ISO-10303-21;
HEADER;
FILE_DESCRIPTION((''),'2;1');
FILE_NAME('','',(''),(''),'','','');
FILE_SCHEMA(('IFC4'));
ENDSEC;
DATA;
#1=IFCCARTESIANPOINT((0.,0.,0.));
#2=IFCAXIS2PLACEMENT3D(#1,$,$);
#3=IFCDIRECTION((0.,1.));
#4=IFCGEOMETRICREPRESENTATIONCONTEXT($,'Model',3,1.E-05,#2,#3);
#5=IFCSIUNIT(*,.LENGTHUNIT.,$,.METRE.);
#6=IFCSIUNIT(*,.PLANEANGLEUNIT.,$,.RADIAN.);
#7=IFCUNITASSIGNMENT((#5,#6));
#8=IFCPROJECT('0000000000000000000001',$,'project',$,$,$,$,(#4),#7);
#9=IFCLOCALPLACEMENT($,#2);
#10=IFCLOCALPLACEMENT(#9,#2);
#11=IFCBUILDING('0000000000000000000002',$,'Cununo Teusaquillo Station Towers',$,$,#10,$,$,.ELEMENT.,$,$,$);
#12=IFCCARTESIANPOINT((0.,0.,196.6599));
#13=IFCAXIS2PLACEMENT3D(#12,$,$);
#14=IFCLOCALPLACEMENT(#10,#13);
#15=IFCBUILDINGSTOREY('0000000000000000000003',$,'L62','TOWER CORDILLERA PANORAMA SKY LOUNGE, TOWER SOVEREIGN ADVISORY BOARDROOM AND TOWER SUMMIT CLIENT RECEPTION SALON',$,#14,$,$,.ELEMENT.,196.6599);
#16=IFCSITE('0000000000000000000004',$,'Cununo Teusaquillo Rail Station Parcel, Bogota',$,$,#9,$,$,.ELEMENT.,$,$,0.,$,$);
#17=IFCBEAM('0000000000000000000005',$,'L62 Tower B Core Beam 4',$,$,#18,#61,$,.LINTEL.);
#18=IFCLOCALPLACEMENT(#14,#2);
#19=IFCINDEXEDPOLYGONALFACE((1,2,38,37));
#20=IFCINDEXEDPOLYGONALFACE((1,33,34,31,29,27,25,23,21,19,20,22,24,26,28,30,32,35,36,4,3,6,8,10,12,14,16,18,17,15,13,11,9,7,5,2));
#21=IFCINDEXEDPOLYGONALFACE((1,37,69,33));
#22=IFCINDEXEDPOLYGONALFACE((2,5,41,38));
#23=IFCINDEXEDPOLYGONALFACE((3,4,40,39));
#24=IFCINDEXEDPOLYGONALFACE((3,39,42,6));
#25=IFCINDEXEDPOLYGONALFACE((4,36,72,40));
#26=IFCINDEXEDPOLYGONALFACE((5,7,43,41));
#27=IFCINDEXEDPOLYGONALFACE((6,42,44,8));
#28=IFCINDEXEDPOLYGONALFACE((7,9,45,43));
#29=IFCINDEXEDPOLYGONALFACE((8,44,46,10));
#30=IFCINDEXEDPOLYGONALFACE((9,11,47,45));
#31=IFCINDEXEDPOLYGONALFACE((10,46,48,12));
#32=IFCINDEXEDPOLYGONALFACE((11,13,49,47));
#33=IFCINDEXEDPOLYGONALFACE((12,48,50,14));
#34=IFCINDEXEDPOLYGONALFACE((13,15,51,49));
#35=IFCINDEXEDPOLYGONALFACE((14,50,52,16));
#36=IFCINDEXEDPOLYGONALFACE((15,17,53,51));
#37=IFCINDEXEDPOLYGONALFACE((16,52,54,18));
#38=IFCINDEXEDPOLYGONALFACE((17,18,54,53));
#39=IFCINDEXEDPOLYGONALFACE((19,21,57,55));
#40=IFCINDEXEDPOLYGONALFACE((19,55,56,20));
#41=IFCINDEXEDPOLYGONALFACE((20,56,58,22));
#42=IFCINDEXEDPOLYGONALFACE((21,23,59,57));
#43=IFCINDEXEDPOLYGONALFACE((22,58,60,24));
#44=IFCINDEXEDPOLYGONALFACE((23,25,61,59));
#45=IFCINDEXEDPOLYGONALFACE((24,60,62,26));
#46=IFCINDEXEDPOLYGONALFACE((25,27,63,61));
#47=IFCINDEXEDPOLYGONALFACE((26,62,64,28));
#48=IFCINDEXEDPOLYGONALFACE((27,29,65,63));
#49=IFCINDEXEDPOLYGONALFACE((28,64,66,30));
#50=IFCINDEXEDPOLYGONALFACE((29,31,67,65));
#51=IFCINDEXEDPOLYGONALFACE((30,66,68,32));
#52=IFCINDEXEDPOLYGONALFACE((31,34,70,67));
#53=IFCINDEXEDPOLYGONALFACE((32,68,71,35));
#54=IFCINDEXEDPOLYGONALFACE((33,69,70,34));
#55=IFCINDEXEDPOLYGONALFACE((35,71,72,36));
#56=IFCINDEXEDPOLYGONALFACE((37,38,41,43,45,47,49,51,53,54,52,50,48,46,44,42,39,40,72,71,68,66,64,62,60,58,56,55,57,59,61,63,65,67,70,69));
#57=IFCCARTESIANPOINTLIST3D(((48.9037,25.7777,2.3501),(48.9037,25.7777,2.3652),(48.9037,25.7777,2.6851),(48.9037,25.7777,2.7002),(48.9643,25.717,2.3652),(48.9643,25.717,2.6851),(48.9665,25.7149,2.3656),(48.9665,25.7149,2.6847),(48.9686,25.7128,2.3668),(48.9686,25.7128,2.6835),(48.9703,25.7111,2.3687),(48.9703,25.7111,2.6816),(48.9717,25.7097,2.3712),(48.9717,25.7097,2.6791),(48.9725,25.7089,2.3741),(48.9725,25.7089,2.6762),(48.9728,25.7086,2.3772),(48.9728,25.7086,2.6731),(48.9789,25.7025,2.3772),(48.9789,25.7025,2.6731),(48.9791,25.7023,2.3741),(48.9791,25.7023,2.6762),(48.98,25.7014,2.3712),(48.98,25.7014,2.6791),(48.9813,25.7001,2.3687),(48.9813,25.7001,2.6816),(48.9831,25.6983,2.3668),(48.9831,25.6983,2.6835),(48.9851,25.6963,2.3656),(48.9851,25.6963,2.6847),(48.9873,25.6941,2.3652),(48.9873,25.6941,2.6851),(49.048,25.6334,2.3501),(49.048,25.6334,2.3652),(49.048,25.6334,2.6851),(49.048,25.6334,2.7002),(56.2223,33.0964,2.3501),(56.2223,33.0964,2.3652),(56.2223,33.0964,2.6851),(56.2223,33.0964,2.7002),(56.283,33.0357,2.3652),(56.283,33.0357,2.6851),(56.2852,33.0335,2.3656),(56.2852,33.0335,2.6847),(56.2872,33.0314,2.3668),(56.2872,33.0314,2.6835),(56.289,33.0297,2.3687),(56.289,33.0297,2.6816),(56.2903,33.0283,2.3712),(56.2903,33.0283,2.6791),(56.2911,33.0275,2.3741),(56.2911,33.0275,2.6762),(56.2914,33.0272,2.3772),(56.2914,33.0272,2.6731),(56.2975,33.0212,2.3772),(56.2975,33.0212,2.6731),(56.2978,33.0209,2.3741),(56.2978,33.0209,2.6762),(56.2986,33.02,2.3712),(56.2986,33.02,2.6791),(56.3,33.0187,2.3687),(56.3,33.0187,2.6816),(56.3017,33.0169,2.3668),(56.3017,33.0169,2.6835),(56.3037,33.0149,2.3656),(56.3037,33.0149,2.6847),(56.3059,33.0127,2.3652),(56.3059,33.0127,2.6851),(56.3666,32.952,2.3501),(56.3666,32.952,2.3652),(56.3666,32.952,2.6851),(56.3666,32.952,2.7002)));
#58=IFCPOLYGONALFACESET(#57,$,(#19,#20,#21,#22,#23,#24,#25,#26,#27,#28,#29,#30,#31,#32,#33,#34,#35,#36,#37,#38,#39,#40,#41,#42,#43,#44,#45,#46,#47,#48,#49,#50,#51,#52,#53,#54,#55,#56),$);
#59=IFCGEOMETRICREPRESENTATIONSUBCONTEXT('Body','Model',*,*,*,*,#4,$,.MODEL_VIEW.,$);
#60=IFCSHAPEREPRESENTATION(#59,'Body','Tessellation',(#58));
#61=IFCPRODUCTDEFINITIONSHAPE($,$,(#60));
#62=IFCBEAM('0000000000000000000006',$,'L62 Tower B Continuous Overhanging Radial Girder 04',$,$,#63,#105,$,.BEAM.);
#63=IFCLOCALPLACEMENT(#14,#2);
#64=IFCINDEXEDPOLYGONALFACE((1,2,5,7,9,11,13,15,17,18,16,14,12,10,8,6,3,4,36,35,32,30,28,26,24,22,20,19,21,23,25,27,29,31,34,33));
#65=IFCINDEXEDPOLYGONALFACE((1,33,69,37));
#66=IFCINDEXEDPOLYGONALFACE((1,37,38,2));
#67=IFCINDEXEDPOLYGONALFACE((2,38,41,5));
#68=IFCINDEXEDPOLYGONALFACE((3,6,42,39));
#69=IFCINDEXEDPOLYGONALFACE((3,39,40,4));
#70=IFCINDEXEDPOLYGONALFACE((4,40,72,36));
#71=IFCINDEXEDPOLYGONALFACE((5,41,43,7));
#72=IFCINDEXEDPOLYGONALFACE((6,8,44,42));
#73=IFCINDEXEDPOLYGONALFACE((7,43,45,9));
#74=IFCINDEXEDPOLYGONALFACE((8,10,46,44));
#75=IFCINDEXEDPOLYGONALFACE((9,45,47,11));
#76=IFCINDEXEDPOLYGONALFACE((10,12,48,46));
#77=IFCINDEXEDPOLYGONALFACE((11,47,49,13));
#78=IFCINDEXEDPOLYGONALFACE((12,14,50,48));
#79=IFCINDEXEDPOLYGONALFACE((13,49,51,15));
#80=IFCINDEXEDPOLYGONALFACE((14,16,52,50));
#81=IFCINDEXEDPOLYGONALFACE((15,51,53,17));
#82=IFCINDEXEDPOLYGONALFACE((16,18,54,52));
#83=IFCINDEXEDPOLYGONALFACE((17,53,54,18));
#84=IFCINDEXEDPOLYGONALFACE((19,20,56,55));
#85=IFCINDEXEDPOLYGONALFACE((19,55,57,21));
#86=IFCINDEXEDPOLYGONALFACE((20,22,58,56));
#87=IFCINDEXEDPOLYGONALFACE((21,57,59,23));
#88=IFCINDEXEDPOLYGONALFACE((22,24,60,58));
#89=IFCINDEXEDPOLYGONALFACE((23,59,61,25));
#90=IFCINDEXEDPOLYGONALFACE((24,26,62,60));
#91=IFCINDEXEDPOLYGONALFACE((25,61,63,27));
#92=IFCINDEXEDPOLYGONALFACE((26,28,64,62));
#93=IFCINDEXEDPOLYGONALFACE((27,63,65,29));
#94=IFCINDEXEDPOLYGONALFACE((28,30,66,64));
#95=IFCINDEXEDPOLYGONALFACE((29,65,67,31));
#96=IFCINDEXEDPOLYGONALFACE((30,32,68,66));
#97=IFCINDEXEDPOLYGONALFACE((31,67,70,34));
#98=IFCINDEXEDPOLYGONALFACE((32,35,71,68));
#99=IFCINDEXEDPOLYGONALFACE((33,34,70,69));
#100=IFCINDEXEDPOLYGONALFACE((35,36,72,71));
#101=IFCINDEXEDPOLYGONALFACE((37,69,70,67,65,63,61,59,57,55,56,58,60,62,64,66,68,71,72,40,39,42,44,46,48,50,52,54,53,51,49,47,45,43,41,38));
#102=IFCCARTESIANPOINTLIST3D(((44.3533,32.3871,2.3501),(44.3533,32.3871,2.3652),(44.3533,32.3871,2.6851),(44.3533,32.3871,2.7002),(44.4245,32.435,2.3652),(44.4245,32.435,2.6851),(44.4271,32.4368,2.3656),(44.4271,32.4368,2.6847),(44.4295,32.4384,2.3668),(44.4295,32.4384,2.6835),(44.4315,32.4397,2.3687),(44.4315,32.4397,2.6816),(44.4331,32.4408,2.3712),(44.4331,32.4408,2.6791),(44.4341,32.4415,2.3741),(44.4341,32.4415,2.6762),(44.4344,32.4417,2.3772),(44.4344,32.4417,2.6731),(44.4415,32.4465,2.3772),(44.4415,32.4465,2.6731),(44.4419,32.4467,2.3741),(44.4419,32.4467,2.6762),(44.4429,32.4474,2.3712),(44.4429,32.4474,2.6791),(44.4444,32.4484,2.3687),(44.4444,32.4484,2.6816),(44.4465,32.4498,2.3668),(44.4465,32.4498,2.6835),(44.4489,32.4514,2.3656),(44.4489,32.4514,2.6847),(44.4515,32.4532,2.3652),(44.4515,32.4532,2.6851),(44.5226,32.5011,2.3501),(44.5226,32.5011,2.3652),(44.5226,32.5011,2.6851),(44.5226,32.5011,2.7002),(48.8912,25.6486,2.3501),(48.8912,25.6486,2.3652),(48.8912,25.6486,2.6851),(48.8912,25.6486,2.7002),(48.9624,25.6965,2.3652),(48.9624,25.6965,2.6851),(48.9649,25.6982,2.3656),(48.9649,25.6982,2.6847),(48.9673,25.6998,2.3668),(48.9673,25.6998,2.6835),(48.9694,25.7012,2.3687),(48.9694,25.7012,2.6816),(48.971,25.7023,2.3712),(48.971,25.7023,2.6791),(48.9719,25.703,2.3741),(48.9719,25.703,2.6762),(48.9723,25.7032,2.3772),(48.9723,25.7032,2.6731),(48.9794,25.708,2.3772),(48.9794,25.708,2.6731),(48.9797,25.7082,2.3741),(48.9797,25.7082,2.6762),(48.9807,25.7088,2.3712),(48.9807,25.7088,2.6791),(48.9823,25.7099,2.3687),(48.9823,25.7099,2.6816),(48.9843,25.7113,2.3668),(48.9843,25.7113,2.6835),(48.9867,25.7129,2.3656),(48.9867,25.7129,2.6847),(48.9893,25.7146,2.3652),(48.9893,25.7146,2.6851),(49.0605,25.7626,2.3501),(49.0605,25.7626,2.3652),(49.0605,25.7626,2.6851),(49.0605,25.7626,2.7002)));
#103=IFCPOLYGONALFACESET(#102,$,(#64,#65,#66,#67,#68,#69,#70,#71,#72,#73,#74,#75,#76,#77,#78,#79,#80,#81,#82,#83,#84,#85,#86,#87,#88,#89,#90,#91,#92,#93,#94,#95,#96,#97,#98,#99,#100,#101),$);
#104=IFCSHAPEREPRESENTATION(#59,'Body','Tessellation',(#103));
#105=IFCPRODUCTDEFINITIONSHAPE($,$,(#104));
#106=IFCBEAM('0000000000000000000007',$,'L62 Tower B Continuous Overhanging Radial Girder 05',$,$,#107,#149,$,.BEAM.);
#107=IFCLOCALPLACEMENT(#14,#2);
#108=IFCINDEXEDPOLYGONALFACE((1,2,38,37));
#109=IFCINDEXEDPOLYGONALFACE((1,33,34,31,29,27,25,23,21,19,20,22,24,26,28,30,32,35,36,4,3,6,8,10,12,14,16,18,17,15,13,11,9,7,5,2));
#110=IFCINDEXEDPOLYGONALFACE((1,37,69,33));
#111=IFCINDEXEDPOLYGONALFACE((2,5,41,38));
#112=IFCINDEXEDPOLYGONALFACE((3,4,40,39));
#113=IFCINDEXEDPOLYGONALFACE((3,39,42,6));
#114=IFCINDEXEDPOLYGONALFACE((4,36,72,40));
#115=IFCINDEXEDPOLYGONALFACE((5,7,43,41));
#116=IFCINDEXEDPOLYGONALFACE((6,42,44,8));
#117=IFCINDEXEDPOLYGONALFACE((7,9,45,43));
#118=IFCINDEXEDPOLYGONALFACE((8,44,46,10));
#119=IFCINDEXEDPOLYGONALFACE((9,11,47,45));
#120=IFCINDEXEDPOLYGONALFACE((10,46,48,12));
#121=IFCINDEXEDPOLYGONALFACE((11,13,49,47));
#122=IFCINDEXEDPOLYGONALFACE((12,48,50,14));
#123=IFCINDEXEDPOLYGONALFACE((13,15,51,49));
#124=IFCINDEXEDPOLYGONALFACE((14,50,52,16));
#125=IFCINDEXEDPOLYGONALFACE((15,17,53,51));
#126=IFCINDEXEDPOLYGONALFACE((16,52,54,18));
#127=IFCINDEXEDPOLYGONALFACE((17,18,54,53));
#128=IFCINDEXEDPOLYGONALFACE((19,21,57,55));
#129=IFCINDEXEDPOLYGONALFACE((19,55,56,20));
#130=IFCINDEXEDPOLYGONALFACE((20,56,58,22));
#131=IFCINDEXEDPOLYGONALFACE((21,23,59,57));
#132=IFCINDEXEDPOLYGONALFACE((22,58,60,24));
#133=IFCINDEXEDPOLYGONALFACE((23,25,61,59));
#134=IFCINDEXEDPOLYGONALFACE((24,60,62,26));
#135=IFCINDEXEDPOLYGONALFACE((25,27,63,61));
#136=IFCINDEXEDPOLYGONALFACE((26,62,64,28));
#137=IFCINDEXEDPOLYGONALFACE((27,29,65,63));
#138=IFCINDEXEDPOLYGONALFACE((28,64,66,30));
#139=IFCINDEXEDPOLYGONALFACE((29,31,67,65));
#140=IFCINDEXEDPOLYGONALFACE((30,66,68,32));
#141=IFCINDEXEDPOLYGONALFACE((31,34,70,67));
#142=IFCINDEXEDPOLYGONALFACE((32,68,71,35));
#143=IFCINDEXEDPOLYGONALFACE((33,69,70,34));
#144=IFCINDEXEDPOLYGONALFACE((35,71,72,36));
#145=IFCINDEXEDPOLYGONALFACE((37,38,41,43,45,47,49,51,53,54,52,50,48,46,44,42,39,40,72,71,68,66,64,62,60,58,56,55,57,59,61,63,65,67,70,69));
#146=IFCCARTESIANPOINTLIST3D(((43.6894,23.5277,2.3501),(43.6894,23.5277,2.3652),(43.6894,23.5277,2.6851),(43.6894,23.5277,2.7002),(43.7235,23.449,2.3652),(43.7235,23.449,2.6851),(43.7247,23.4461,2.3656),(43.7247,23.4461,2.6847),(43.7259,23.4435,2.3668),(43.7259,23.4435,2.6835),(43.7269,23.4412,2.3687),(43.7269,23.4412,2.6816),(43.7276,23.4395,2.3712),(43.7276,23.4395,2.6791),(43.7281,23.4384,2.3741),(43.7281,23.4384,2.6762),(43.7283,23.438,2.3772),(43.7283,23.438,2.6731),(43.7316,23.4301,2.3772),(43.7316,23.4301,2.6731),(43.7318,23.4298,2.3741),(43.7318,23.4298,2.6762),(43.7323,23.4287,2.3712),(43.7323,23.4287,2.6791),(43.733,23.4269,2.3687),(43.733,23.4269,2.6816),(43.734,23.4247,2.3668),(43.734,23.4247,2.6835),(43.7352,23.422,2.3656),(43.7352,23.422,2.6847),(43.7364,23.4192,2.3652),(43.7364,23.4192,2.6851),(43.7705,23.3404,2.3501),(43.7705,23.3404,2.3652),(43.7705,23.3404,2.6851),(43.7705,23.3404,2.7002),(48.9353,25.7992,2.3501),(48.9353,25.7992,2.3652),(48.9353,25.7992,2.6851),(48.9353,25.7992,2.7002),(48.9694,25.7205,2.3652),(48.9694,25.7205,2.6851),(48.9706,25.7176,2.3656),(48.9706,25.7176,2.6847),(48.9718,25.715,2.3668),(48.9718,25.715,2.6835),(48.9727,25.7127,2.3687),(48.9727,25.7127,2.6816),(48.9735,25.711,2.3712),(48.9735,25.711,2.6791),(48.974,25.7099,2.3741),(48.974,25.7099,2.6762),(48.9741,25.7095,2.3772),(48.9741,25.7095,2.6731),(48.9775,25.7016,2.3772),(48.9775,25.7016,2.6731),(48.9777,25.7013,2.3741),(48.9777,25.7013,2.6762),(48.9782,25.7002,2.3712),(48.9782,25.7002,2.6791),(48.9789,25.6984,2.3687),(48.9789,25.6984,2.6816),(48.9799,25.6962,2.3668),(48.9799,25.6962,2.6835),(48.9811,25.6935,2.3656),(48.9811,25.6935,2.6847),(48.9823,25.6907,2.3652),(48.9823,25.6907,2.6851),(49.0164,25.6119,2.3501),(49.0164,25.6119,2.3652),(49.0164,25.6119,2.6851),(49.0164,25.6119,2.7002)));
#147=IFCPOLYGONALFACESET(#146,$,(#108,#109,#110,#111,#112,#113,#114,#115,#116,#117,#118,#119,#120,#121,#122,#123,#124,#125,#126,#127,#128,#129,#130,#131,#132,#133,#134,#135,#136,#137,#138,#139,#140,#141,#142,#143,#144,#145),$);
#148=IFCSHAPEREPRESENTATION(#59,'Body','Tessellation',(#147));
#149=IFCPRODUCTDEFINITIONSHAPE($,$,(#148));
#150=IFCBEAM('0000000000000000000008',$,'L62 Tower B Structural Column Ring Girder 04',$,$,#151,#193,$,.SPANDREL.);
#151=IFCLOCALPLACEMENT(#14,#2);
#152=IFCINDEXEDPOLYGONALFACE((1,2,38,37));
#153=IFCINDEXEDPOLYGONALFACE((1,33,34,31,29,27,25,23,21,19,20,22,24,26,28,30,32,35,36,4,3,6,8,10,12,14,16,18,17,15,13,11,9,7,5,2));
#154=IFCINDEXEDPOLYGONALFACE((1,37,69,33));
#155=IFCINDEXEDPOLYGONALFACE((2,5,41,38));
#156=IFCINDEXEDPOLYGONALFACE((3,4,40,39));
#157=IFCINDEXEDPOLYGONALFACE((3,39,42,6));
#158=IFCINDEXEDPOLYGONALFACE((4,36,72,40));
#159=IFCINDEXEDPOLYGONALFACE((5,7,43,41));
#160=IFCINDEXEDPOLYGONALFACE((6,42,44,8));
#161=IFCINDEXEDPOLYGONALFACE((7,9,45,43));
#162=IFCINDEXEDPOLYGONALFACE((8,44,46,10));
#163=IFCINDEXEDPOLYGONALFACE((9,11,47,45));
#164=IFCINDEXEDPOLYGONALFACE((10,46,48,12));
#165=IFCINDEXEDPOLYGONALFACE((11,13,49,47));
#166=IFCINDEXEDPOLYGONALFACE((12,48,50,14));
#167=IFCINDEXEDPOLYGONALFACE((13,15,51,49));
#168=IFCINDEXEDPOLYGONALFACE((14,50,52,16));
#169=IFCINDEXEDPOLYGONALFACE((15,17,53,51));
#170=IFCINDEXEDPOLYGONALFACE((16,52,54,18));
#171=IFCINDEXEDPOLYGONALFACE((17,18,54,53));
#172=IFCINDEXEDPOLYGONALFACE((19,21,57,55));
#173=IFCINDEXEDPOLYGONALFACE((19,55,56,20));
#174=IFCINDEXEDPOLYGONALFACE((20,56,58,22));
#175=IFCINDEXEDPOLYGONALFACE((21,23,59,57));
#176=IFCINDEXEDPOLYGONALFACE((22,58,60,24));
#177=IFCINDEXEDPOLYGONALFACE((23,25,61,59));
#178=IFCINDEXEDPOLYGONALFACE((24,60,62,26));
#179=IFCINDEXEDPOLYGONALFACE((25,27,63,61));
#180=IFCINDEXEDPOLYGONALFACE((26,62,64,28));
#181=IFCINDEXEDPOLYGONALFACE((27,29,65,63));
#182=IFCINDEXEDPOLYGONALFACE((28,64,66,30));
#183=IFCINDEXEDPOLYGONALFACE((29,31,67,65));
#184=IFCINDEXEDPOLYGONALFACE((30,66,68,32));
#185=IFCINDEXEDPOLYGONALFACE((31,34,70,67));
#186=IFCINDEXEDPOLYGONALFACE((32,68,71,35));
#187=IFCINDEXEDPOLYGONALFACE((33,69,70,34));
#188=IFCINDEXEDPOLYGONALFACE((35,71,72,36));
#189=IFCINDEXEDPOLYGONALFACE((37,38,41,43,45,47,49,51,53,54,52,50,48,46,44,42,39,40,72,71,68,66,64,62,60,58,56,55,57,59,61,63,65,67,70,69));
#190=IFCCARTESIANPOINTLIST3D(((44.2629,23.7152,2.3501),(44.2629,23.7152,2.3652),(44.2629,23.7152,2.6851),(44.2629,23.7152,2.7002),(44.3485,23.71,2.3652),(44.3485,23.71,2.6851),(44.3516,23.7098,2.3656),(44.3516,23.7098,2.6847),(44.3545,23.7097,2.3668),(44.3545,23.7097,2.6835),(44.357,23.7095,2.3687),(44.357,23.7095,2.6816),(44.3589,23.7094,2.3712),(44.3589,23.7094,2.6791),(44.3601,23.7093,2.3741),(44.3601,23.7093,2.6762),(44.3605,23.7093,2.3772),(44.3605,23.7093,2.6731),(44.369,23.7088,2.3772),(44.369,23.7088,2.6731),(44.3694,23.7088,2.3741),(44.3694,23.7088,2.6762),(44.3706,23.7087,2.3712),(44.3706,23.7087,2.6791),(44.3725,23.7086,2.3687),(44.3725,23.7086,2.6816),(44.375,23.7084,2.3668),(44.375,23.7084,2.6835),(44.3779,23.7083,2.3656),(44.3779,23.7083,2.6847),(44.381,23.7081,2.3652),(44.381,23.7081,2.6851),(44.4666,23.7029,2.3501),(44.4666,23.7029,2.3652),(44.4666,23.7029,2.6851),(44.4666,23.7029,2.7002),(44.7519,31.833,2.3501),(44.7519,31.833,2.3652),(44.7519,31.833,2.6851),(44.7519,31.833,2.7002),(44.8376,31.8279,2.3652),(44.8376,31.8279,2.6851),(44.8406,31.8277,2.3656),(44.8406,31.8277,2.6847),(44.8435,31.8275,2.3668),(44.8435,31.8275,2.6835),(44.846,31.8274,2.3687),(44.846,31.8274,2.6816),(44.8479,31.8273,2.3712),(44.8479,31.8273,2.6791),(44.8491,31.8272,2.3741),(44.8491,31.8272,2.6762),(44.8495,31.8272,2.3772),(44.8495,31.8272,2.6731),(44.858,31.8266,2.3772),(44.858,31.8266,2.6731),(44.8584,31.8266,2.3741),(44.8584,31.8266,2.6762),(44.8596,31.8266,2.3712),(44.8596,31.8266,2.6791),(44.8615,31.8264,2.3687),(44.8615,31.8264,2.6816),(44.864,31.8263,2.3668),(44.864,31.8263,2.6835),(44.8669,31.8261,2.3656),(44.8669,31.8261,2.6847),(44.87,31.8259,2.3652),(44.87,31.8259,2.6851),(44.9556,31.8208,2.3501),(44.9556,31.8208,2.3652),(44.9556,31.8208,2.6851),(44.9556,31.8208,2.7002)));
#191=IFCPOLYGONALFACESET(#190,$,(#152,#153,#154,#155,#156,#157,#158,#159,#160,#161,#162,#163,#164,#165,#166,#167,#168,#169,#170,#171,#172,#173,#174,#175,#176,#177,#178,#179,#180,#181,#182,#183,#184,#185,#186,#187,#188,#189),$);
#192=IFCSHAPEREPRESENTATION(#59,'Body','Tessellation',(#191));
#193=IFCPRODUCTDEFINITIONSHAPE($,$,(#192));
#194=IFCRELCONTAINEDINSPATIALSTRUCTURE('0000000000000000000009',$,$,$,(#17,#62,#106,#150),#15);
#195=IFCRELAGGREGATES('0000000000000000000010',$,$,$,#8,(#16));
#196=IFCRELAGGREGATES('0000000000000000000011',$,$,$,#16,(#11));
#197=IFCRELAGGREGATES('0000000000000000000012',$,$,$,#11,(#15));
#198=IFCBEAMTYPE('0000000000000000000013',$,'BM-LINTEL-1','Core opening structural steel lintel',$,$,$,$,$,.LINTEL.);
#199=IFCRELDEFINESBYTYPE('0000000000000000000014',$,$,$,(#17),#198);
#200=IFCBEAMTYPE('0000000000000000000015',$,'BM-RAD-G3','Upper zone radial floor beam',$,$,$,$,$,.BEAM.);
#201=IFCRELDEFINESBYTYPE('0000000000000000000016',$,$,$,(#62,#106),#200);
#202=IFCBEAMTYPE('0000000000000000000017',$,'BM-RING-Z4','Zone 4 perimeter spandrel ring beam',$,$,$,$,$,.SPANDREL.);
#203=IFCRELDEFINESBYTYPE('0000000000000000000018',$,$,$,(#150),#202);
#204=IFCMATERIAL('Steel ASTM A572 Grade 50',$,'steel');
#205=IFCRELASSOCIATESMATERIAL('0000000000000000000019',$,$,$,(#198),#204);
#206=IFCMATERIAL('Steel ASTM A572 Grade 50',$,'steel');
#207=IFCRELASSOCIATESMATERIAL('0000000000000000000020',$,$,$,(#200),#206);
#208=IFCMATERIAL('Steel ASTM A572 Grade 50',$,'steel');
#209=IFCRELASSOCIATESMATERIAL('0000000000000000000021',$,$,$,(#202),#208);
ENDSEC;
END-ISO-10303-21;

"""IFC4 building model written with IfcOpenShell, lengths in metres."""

from ifc_helpers import new_model, si_unit, direction, frame, origin, origin_2d, place, context, subcontext, project, spatial, i_section, extrude, material, material_profile, profile_set, type_object, element, save


model = new_model("IFC4")

# Units and contexts
model_context = context("Model", 3, precision=1e-05, world=origin(), true_north=direction((0.0, 1.0)))
body_context = subcontext(model_context, "Body", "Model", "MODEL_VIEW")
ifc_project = project(units=[si_unit("LENGTHUNIT", "METRE"), si_unit("PLANEANGLEUNIT", "RADIAN")], contexts=[model_context])

# Site, building, storey
site_placement = place(None, origin())
site = spatial("IfcSite", under=ifc_project, at=site_placement, Name="Cununo Teusaquillo Rail Station Parcel, Bogota", CompositionType="ELEMENT", RefElevation=0.0)
building_placement = place(site_placement, origin())
building = spatial("IfcBuilding", under=site, at=building_placement, Name="Cununo Teusaquillo Station Towers", CompositionType="ELEMENT")
storey_placement = place(building_placement, frame((0.0, 0.0, 196.6599)))
storey = spatial("IfcBuildingStorey", under=building, at=storey_placement, Name="L62", Description="TOWER CORDILLERA PANORAMA SKY LOUNGE, TOWER SOVEREIGN ADVISORY BOARDROOM AND TOWER SUMMIT CLIENT RECEPTION SALON", CompositionType="ELEMENT", Elevation=196.6599)

# Beams
ifc_material_1 = material(Name="Steel ASTM A572 Grade 50", Category="steel")
ifc_material_profile_1 = material_profile(ifc_material_1, i_section(OverallWidth=0.2041, OverallDepth=0.3501, WebThickness=0.0085, FlangeThickness=0.0151, FilletRadius=0.012, at=origin_2d()), Name="W14X48")
ifc_profile_set_1 = profile_set([ifc_material_profile_1], Name="Steel ASTM A572 Grade 50")
beam_type_1 = type_object("IfcBeamType", Name="BM-LINTEL-1", Description="Core opening structural steel lintel", PredefinedType="LINTEL", material=ifc_profile_set_1)
beam_1_placement = place(storey_placement, frame((48.9758, 25.7056, 2.5251), z_axis=(0.707107, 0.707107, 0.0), x_axis=(-0.707107, 0.707107, 0.0)))
element("IfcBeam", 1, at=beam_1_placement, inside=storey, type_object=beam_type_1, Name="L62 Tower B Core Beam 4", PredefinedType="LINTEL", context=body_context, shape_type="SweptSolid", body=[
    extrude(i_section(OverallWidth=0.2041, OverallDepth=0.3501, WebThickness=0.0085, FlangeThickness=0.0151, FilletRadius=0.012, at=origin_2d()), origin(), (0.0, 0.0, 1.0), 10.3501),
])
ifc_material_2 = material(Name="Steel ASTM A572 Grade 50", Category="steel")
ifc_material_profile_2 = material_profile(ifc_material_2, i_section(OverallWidth=0.2041, OverallDepth=0.3501, WebThickness=0.0085, FlangeThickness=0.0151, FilletRadius=0.012, at=origin_2d()), Name="W14X48")
ifc_profile_set_2 = profile_set([ifc_material_profile_2], Name="Steel ASTM A572 Grade 50")
beam_type_2 = type_object("IfcBeamType", Name="BM-RAD-G3", Description="Upper zone radial floor beam", PredefinedType="BEAM", material=ifc_profile_set_2)
beam_2_placement = place(storey_placement, frame((48.9758, 25.7056, 2.5251), z_axis=(-0.558571, 0.829457, 0.0), x_axis=(-0.829457, -0.558571, 0.0)))
element("IfcBeam", 2, at=beam_2_placement, inside=storey, type_object=beam_type_2, Name="L62 Tower B Continuous Overhanging Radial Girder 04", PredefinedType="BEAM", context=body_context, shape_type="SweptSolid", body=[
    extrude(i_section(OverallWidth=0.2041, OverallDepth=0.3501, WebThickness=0.0085, FlangeThickness=0.0151, FilletRadius=0.012, at=origin_2d()), origin(), (0.0, 0.0, 1.0), 8.124),
])
beam_3_placement = place(storey_placement, frame((48.9758, 25.7056, 2.5251), z_axis=(-0.917665, -0.397355, 0.0), x_axis=(0.397355, -0.917665, 0.0)))
element("IfcBeam", 3, at=beam_3_placement, inside=storey, type_object=beam_type_2, Name="L62 Tower B Continuous Overhanging Radial Girder 05", PredefinedType="BEAM", context=body_context, shape_type="SweptSolid", body=[
    extrude(i_section(OverallWidth=0.2041, OverallDepth=0.3501, WebThickness=0.0085, FlangeThickness=0.0151, FilletRadius=0.012, at=origin_2d()), origin(), (0.0, 0.0, 1.0), 5.7166),
])
ifc_material_3 = material(Name="Steel ASTM A572 Grade 50", Category="steel")
ifc_material_profile_3 = material_profile(ifc_material_3, i_section(OverallWidth=0.2041, OverallDepth=0.3501, WebThickness=0.0085, FlangeThickness=0.0151, FilletRadius=0.012, at=origin_2d()), Name="W14X48")
ifc_profile_set_3 = profile_set([ifc_material_profile_3], Name="Steel ASTM A572 Grade 50")
beam_type_3 = type_object("IfcBeamType", Name="BM-RING-Z4", Description="Zone 4 perimeter spandrel ring beam", PredefinedType="SPANDREL", material=ifc_profile_set_3)
beam_4_placement = place(storey_placement, frame((44.8538, 31.8269, 2.5251), z_axis=(-0.06013, -0.998191, 0.0), x_axis=(0.998191, -0.06013, 0.0)))
element("IfcBeam", 4, at=beam_4_placement, inside=storey, type_object=beam_type_3, Name="L62 Tower B Structural Column Ring Girder 04", PredefinedType="SPANDREL", context=body_context, shape_type="SweptSolid", body=[
    extrude(i_section(OverallWidth=0.2041, OverallDepth=0.3501, WebThickness=0.0085, FlangeThickness=0.0151, FilletRadius=0.012, at=origin_2d()), origin(), (0.0, 0.0, 1.0), 8.1326),
])

save(model, "model.ifc")
